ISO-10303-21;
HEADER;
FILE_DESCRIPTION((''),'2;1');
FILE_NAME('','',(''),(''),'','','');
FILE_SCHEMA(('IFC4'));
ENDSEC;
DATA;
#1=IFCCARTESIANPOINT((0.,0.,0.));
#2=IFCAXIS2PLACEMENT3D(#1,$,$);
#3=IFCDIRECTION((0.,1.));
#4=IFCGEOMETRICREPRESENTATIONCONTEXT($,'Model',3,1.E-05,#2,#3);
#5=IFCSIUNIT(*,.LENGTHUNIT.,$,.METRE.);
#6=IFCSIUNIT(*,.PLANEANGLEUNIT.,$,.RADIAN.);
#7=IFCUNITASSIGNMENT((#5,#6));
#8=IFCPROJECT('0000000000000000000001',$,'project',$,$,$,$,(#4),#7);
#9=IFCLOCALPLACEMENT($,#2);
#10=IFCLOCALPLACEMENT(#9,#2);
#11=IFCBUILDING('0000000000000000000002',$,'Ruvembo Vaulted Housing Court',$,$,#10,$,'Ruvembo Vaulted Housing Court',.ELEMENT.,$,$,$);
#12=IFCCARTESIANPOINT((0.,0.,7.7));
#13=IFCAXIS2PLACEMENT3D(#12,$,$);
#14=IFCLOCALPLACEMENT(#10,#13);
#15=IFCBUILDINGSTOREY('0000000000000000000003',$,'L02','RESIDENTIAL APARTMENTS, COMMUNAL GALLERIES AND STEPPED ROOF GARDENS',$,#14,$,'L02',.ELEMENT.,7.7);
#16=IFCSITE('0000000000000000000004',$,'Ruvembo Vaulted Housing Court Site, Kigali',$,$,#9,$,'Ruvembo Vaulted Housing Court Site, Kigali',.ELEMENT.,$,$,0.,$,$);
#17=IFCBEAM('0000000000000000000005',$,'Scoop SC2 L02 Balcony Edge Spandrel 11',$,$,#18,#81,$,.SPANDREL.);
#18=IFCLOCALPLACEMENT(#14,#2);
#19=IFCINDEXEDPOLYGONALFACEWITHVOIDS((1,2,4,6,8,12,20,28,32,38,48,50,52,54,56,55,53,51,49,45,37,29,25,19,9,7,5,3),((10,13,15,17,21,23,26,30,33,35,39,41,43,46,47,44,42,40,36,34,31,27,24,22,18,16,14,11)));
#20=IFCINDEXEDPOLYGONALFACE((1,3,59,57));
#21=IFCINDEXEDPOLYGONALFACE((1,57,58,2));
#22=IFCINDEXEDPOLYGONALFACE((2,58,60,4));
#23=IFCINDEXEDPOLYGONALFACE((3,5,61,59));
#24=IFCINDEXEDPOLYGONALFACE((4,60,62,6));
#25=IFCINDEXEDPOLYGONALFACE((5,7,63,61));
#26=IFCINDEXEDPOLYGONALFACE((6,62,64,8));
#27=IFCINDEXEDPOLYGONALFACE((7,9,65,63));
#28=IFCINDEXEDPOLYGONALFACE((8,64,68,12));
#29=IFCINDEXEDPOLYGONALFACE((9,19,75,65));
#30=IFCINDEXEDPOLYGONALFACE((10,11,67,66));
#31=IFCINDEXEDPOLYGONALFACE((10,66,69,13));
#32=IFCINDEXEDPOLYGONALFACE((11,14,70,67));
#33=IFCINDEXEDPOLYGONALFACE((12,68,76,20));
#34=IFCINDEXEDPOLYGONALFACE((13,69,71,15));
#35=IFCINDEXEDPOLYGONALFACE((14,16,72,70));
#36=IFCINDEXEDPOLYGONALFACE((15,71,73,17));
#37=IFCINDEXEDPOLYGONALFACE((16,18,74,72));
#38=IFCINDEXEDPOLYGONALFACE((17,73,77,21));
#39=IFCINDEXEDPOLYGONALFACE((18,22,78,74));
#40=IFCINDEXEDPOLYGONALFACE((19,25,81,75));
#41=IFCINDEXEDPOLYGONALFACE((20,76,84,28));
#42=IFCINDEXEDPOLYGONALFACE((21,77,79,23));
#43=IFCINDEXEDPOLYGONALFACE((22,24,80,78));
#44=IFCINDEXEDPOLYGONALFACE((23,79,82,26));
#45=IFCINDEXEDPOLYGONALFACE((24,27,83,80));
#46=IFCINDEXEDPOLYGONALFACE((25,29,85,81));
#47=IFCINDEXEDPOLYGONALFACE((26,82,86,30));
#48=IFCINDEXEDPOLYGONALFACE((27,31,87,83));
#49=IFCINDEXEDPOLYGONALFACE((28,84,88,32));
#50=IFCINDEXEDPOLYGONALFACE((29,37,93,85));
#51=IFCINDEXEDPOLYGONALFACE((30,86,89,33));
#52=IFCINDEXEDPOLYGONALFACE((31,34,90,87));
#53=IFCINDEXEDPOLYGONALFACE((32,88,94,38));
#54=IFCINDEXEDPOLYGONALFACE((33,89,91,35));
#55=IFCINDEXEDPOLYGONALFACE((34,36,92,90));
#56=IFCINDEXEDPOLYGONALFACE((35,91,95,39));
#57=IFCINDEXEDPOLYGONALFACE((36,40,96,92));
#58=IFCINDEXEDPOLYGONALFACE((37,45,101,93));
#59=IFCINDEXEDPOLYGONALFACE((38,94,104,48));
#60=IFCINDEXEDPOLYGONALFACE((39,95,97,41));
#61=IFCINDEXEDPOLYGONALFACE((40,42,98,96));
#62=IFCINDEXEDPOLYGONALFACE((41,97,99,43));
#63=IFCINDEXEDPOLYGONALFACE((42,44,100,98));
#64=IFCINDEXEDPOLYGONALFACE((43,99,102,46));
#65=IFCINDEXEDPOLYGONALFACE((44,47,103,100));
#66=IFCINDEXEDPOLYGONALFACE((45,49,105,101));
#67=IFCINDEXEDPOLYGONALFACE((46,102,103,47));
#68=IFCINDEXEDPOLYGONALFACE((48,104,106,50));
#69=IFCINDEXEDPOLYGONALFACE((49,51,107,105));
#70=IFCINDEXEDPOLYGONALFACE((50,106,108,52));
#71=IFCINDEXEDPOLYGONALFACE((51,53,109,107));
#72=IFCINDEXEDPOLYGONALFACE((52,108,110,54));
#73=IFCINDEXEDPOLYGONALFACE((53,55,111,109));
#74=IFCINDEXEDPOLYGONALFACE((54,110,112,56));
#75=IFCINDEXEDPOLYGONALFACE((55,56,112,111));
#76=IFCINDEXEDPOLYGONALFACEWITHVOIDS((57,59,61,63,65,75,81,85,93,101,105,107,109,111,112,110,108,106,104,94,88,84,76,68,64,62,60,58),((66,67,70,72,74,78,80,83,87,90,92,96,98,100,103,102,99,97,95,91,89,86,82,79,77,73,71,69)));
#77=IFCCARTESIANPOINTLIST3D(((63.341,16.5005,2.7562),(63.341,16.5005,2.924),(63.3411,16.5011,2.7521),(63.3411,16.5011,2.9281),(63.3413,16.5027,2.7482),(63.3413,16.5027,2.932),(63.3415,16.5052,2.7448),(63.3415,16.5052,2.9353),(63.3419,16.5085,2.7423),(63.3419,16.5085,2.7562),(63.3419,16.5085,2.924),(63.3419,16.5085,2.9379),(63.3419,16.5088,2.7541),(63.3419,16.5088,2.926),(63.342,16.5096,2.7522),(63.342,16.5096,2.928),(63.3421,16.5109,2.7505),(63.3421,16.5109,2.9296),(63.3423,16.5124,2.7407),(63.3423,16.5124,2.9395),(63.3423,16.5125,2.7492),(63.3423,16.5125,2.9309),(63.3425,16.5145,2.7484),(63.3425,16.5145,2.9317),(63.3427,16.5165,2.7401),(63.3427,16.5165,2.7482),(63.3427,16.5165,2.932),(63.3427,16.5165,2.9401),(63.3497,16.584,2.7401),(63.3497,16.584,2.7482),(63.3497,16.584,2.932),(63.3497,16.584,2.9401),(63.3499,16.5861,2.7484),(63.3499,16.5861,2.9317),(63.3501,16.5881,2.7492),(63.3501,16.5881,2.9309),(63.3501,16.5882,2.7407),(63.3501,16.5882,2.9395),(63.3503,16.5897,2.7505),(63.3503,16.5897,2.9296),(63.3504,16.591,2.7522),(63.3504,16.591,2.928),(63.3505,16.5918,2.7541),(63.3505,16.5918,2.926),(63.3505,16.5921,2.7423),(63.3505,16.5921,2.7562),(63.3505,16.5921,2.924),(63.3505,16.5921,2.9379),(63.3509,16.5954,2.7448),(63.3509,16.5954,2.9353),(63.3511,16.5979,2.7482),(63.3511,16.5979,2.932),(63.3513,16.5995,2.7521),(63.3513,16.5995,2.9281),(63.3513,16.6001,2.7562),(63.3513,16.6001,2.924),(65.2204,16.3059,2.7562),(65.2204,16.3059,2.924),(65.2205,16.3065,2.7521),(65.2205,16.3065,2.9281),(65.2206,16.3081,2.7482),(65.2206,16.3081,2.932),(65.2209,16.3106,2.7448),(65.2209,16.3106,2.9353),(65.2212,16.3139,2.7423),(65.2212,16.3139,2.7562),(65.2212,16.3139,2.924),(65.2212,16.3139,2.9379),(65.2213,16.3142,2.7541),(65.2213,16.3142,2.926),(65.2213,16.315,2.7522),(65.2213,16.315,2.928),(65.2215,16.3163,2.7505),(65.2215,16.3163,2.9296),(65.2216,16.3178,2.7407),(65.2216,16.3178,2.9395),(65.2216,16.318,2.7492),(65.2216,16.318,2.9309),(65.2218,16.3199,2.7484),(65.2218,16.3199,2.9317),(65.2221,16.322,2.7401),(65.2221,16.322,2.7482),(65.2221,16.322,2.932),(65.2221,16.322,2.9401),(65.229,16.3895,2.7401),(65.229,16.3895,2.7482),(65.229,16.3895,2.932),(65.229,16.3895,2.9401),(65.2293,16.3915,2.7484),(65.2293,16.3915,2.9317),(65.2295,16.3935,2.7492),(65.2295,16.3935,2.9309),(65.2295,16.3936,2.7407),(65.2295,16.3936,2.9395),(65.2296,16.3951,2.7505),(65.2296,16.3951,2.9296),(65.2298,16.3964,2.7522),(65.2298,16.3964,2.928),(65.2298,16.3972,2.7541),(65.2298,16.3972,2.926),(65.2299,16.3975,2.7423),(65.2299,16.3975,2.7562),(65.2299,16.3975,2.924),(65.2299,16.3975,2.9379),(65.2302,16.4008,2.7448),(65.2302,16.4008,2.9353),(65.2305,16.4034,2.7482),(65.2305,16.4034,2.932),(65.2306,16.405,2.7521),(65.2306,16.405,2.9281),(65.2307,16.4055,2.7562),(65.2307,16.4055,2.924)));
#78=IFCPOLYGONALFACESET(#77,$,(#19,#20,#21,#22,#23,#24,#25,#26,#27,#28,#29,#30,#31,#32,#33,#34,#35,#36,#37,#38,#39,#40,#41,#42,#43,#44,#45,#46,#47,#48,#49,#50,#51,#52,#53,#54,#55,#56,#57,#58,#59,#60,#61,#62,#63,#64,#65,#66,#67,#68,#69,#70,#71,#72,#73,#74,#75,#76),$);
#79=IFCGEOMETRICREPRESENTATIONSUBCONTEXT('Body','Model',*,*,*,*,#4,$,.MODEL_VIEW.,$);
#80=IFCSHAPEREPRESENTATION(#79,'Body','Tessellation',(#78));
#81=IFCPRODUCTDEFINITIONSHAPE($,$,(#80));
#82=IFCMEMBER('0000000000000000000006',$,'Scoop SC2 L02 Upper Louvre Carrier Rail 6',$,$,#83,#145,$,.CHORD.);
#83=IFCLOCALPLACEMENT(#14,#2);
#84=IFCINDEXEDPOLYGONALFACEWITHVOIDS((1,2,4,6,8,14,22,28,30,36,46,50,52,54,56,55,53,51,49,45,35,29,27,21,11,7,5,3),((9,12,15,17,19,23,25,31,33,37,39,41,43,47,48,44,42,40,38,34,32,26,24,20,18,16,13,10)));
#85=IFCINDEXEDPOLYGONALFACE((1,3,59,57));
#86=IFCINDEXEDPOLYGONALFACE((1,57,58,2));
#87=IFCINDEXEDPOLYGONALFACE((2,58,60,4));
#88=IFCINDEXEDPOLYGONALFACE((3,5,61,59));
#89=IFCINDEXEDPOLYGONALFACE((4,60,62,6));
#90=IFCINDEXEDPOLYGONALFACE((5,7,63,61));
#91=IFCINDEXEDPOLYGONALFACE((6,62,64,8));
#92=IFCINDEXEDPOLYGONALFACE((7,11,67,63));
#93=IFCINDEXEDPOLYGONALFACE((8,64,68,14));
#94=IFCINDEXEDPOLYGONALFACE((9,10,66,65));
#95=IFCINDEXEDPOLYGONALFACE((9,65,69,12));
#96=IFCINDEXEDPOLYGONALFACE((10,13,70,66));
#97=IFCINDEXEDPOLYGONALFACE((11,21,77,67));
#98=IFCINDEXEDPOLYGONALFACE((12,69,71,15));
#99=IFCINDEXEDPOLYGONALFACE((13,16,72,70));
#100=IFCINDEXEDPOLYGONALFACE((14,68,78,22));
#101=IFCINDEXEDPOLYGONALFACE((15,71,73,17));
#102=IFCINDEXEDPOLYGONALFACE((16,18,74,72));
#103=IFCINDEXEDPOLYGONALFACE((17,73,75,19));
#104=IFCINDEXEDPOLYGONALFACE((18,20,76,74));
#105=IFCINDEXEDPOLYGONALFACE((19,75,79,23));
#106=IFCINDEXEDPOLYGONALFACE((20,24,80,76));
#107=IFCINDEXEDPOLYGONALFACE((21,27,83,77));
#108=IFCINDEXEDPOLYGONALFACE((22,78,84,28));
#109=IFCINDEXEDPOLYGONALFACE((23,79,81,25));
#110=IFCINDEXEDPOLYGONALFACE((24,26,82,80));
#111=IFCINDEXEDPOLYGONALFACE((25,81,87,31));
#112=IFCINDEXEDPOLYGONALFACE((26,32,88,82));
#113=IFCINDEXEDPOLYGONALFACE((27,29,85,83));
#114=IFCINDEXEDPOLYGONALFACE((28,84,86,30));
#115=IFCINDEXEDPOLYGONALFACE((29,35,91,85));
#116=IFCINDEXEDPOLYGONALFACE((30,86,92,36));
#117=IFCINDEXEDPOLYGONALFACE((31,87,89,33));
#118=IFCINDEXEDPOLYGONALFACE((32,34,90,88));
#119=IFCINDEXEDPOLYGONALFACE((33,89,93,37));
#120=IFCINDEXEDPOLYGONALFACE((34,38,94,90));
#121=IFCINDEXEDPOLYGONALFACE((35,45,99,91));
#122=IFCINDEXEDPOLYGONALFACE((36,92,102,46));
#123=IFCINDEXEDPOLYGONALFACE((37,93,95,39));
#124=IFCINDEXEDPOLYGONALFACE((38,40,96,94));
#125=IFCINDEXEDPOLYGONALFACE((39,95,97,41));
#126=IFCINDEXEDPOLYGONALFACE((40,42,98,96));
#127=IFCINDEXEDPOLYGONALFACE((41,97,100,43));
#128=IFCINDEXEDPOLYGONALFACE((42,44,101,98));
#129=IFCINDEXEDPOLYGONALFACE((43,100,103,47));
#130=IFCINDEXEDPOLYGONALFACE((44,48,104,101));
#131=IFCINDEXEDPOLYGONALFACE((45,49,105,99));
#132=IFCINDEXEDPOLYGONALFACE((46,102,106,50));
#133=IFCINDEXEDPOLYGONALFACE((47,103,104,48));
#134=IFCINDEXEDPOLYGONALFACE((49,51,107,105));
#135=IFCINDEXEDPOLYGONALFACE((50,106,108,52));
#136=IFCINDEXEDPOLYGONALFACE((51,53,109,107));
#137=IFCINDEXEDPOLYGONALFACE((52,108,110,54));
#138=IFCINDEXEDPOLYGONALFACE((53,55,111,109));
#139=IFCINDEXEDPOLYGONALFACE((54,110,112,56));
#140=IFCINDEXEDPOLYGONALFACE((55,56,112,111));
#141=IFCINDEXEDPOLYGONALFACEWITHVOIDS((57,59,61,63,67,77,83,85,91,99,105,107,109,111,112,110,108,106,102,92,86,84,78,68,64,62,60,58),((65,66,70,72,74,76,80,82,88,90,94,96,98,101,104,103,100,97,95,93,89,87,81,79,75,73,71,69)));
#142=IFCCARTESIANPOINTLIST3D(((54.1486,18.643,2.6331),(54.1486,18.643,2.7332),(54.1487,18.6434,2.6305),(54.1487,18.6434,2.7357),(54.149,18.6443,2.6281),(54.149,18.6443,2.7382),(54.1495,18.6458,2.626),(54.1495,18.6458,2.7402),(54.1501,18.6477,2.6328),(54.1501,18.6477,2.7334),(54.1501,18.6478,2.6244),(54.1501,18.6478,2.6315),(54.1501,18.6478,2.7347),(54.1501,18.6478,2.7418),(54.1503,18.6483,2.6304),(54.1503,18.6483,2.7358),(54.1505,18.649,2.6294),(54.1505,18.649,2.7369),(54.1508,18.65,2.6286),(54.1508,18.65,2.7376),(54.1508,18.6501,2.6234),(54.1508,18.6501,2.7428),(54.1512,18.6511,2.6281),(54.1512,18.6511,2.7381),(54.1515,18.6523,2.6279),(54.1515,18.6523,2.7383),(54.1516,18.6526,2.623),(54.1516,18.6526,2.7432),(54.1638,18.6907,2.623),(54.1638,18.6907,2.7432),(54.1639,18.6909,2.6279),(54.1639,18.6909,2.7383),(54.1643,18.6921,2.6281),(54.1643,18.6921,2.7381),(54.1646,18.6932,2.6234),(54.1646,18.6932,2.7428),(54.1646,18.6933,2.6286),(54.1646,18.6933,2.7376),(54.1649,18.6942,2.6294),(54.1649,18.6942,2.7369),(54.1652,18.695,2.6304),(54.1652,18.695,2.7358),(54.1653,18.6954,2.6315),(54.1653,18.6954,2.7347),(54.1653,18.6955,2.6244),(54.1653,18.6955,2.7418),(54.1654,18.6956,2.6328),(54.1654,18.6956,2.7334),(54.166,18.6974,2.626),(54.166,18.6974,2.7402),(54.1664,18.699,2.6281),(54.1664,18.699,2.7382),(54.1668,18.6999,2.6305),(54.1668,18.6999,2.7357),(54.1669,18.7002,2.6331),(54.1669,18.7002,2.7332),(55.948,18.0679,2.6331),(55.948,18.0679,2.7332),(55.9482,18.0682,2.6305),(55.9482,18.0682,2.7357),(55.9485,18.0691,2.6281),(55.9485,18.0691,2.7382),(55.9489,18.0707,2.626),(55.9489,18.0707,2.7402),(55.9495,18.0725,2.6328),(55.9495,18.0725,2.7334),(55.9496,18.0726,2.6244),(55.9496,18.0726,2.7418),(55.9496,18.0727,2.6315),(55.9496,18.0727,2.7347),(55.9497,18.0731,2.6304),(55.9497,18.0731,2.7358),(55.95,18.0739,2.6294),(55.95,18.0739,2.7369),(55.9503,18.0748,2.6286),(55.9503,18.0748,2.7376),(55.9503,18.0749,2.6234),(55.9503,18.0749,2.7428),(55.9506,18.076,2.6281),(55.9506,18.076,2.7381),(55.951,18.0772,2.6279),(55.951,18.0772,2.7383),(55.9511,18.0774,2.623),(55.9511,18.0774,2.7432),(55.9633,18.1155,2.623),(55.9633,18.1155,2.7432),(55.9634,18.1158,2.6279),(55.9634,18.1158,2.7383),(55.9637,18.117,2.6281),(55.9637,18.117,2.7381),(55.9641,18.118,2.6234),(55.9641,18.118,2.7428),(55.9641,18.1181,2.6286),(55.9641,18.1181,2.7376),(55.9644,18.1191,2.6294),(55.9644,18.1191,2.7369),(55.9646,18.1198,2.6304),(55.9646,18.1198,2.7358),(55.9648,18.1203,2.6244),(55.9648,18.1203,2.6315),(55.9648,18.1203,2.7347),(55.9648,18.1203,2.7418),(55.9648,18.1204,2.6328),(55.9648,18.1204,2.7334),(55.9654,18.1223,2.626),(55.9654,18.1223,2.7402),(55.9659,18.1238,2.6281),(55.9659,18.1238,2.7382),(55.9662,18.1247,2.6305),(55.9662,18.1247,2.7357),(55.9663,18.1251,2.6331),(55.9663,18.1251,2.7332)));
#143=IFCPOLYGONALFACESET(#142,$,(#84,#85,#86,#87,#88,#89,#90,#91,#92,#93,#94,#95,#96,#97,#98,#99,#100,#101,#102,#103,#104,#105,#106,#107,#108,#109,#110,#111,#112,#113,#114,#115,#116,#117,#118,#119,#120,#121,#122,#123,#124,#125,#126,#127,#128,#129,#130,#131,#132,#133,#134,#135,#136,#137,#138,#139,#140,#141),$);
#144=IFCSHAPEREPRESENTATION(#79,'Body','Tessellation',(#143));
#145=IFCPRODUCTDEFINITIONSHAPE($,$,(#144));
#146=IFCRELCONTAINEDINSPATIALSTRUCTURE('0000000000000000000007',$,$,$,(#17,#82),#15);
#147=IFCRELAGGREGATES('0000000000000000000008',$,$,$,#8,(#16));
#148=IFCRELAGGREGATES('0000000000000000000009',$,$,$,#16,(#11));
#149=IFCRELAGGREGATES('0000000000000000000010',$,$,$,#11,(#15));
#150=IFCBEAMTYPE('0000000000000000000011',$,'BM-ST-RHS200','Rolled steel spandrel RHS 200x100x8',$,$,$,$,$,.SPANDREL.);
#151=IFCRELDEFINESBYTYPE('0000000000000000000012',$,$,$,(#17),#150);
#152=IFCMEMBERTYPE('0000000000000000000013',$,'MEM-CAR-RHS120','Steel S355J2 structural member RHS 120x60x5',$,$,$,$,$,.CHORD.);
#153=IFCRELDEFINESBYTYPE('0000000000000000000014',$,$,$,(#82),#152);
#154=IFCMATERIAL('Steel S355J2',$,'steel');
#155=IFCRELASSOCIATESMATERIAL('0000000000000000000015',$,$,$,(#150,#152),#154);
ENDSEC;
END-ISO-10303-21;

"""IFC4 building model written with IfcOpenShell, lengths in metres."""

from ifc_helpers import new_model, si_unit, direction, frame, origin, origin_2d, place, context, subcontext, project, spatial, hollow_rectangle, extrude, material, material_profile, profile_set, type_object, element, save


model = new_model("IFC4")

# Units and contexts
model_context = context("Model", 3, precision=1e-05, world=origin(), true_north=direction((0.0, 1.0)))
body_context = subcontext(model_context, "Body", "Model", "MODEL_VIEW")
ifc_project = project(units=[si_unit("LENGTHUNIT", "METRE"), si_unit("PLANEANGLEUNIT", "RADIAN")], contexts=[model_context])

# Site, building, storey
site_placement = place(None, origin())
site = spatial("IfcSite", under=ifc_project, at=site_placement, Name="Ruvembo Vaulted Housing Court Site, Kigali", LongName="Ruvembo Vaulted Housing Court Site, Kigali", CompositionType="ELEMENT", RefElevation=0.0)
building_placement = place(site_placement, origin())
building = spatial("IfcBuilding", under=site, at=building_placement, Name="Ruvembo Vaulted Housing Court", LongName="Ruvembo Vaulted Housing Court", CompositionType="ELEMENT")
storey_placement = place(building_placement, frame((0.0, 0.0, 7.7)))
storey = spatial("IfcBuildingStorey", under=building, at=storey_placement, Name="L02", Description="RESIDENTIAL APARTMENTS, COMMUNAL GALLERIES AND STEPPED ROOF GARDENS", LongName="L02", CompositionType="ELEMENT", Elevation=7.7)

# Beam
ifc_material_1 = material(Name="Steel S355J2", Category="steel")
ifc_material_profile_1 = material_profile(ifc_material_1, hollow_rectangle(XDim=0.1001, YDim=0.2, WallThickness=0.0081, InnerFilletRadius=0.0081, OuterFilletRadius=0.0161, at=origin_2d()), Name="RHS 200x100x8")
ifc_profile_set_1 = profile_set([ifc_material_profile_1], Name="Steel S355J2")
beam_type = type_object("IfcBeamType", Name="BM-ST-RHS200", Description="Rolled steel spandrel RHS 200x100x8", PredefinedType="SPANDREL", material=ifc_profile_set_1)
beam_1_placement = place(storey_placement, frame((63.3462, 16.5503, 2.8401), z_axis=(0.994683, -0.102983, 0.0), x_axis=(0.102983, 0.994683, 0.0)))
element("IfcBeam", 1, at=beam_1_placement, inside=storey, type_object=beam_type, Name="Scoop SC2 L02 Balcony Edge Spandrel 11", PredefinedType="SPANDREL", context=body_context, shape_type="SweptSolid", body=[
    extrude(hollow_rectangle(XDim=0.1001, YDim=0.2, WallThickness=0.0081, InnerFilletRadius=0.0081, OuterFilletRadius=0.0161, at=origin_2d()), origin(), (0.0, 0.0, 1.0), 1.8894),
])

# Member
ifc_material_profile_2 = material_profile(ifc_material_1, hollow_rectangle(XDim=0.0601, YDim=0.1201, WallThickness=0.0049, InnerFilletRadius=0.0049, OuterFilletRadius=0.01, at=origin_2d()), Name="RHS 120x60x5")
ifc_profile_set_2 = profile_set([ifc_material_profile_2], Name="Steel S355J2")
member_type_1 = type_object("IfcMemberType", Name="MEM-CAR-RHS120", Description="Steel S355J2 structural member RHS 120x60x5", PredefinedType="CHORD", material=ifc_profile_set_2)
member_1_placement = place(storey_placement, frame((54.1577, 18.6716, 2.6831), z_axis=(0.952526, -0.304457, 0.0), x_axis=(0.304457, 0.952526, 0.0)))
element("IfcMember", 2, at=member_1_placement, inside=storey, type_object=member_type_1, Name="Scoop SC2 L02 Upper Louvre Carrier Rail 6", PredefinedType="CHORD", context=body_context, shape_type="SweptSolid", body=[
    extrude(hollow_rectangle(XDim=0.0601, YDim=0.1201, WallThickness=0.0049, InnerFilletRadius=0.0049, OuterFilletRadius=0.01, at=origin_2d()), origin(), (0.0, 0.0, 1.0), 1.8892),
])

save(model, "model.ifc")
